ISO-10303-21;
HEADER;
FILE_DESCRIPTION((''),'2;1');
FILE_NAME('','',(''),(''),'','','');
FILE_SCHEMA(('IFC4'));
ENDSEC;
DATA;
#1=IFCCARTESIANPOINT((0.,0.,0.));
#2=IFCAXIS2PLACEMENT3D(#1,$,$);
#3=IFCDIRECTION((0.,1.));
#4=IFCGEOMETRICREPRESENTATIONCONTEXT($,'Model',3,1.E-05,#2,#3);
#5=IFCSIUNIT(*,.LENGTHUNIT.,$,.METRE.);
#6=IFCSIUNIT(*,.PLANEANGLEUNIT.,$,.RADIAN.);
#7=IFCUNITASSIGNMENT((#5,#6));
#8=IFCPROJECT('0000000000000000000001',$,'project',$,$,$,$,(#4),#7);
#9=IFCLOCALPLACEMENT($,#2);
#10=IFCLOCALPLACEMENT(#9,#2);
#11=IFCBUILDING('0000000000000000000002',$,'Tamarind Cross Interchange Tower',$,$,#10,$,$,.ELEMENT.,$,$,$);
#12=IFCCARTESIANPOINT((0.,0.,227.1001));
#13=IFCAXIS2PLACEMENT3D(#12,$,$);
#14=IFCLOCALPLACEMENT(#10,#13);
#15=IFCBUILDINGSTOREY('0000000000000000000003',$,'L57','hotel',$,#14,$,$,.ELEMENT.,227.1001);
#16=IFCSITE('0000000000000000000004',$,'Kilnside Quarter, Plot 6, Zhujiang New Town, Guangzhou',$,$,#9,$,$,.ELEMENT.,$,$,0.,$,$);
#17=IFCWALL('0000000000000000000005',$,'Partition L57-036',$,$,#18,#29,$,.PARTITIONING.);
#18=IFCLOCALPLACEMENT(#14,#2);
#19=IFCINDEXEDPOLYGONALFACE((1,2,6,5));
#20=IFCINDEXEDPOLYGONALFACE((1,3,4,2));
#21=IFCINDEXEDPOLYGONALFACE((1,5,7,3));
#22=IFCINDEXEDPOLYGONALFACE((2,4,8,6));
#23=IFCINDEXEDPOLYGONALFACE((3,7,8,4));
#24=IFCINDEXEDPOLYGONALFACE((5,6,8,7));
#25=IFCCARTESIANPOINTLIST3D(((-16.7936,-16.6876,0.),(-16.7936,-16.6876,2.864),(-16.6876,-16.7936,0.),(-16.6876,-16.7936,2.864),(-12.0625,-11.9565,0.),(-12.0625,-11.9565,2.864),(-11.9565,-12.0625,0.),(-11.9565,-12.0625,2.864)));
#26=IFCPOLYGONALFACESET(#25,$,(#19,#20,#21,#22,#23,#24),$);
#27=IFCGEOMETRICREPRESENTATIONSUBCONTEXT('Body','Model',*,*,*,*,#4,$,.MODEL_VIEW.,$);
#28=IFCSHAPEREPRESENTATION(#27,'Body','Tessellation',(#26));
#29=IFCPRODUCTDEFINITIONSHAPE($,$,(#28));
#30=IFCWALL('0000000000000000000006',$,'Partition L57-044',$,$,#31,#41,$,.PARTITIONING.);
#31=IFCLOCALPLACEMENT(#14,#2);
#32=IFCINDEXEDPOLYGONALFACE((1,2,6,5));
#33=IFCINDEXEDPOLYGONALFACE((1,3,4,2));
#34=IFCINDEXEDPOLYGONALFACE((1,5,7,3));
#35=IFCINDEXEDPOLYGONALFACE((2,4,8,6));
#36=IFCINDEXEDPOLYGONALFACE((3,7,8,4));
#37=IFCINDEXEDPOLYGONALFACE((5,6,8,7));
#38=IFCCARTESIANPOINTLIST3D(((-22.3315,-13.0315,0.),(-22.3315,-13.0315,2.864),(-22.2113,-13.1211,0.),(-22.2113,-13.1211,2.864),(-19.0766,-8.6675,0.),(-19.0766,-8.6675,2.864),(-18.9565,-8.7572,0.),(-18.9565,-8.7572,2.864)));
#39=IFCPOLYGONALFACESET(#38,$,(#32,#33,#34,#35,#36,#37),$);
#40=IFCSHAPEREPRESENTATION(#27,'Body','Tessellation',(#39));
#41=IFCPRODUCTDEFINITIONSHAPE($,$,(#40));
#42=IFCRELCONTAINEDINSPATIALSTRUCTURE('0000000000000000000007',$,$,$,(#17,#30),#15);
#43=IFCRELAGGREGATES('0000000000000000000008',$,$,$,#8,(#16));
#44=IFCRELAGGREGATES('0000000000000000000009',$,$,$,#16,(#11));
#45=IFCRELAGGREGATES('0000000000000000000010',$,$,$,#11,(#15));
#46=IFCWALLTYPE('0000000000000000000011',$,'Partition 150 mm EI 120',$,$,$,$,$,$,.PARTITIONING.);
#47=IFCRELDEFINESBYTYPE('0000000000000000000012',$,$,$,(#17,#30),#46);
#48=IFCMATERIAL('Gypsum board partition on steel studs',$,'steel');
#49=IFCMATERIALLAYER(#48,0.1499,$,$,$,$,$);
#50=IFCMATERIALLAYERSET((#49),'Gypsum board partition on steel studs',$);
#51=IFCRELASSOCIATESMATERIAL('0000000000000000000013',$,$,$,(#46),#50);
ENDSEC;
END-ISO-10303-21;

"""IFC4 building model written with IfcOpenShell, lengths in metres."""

from ifc_helpers import new_model, si_unit, direction, frame, frame_2d, origin, place, context, subcontext, project, spatial, rectangle, extrude, material, layer, layer_set, type_object, element, save


model = new_model("IFC4")

# Units and contexts
model_context = context("Model", 3, precision=1e-05, world=origin(), true_north=direction((0.0, 1.0)))
body_context = subcontext(model_context, "Body", "Model", "MODEL_VIEW")
ifc_project = project(units=[si_unit("LENGTHUNIT", "METRE"), si_unit("PLANEANGLEUNIT", "RADIAN")], contexts=[model_context])

# Site, building, storey
site_placement = place(None, origin())
site = spatial("IfcSite", under=ifc_project, at=site_placement, Name="Kilnside Quarter, Plot 6, Zhujiang New Town, Guangzhou", CompositionType="ELEMENT", RefElevation=0.0)
building_placement = place(site_placement, origin())
building = spatial("IfcBuilding", under=site, at=building_placement, Name="Tamarind Cross Interchange Tower", CompositionType="ELEMENT")
storey_placement = place(building_placement, frame((0.0, 0.0, 227.1001)))
storey = spatial("IfcBuildingStorey", under=building, at=storey_placement, Name="L57", Description="hotel", CompositionType="ELEMENT", Elevation=227.1001)

# Shared definitions
ifc_material_1 = material(Name="Gypsum board partition on steel studs", Category="steel")
ifc_layer_1 = layer(ifc_material_1, 0.1499)
ifc_layer_set_1 = layer_set([ifc_layer_1], Name="Gypsum board partition on steel studs")
wall_type_1 = type_object("IfcWallType", Name="Partition 150 mm EI 120", PredefinedType="PARTITIONING", material=ifc_layer_set_1)

# Walls
wall_1_placement = place(storey_placement, frame((-16.7405, -16.7405, 0.0), z_axis=(0.0, 0.0, 1.0), x_axis=(0.707107, 0.707107, 0.0)))
element("IfcWall", 1, at=wall_1_placement, inside=storey, type_object=wall_type_1, Name="Partition L57-036", PredefinedType="PARTITIONING", context=body_context, shape_type="SweptSolid", body=[
    extrude(rectangle(XDim=6.6907, YDim=0.1499, at=frame_2d((3.3452, 0.0))), origin(), (0.0, 0.0, 1.0), 2.864),
])
wall_2_placement = place(storey_placement, frame((-22.2715, -13.0764, 0.0), z_axis=(0.0, 0.0, 1.0), x_axis=(0.597867, 0.801595, 0.0)))
element("IfcWall", 2, at=wall_2_placement, inside=storey, type_object=wall_type_1, Name="Partition L57-044", PredefinedType="PARTITIONING", context=body_context, shape_type="SweptSolid", body=[
    extrude(rectangle(XDim=5.4441, YDim=0.1499, at=frame_2d((2.7222, 0.0))), origin(), (0.0, 0.0, 1.0), 2.864),
])

save(model, "model.ifc")
